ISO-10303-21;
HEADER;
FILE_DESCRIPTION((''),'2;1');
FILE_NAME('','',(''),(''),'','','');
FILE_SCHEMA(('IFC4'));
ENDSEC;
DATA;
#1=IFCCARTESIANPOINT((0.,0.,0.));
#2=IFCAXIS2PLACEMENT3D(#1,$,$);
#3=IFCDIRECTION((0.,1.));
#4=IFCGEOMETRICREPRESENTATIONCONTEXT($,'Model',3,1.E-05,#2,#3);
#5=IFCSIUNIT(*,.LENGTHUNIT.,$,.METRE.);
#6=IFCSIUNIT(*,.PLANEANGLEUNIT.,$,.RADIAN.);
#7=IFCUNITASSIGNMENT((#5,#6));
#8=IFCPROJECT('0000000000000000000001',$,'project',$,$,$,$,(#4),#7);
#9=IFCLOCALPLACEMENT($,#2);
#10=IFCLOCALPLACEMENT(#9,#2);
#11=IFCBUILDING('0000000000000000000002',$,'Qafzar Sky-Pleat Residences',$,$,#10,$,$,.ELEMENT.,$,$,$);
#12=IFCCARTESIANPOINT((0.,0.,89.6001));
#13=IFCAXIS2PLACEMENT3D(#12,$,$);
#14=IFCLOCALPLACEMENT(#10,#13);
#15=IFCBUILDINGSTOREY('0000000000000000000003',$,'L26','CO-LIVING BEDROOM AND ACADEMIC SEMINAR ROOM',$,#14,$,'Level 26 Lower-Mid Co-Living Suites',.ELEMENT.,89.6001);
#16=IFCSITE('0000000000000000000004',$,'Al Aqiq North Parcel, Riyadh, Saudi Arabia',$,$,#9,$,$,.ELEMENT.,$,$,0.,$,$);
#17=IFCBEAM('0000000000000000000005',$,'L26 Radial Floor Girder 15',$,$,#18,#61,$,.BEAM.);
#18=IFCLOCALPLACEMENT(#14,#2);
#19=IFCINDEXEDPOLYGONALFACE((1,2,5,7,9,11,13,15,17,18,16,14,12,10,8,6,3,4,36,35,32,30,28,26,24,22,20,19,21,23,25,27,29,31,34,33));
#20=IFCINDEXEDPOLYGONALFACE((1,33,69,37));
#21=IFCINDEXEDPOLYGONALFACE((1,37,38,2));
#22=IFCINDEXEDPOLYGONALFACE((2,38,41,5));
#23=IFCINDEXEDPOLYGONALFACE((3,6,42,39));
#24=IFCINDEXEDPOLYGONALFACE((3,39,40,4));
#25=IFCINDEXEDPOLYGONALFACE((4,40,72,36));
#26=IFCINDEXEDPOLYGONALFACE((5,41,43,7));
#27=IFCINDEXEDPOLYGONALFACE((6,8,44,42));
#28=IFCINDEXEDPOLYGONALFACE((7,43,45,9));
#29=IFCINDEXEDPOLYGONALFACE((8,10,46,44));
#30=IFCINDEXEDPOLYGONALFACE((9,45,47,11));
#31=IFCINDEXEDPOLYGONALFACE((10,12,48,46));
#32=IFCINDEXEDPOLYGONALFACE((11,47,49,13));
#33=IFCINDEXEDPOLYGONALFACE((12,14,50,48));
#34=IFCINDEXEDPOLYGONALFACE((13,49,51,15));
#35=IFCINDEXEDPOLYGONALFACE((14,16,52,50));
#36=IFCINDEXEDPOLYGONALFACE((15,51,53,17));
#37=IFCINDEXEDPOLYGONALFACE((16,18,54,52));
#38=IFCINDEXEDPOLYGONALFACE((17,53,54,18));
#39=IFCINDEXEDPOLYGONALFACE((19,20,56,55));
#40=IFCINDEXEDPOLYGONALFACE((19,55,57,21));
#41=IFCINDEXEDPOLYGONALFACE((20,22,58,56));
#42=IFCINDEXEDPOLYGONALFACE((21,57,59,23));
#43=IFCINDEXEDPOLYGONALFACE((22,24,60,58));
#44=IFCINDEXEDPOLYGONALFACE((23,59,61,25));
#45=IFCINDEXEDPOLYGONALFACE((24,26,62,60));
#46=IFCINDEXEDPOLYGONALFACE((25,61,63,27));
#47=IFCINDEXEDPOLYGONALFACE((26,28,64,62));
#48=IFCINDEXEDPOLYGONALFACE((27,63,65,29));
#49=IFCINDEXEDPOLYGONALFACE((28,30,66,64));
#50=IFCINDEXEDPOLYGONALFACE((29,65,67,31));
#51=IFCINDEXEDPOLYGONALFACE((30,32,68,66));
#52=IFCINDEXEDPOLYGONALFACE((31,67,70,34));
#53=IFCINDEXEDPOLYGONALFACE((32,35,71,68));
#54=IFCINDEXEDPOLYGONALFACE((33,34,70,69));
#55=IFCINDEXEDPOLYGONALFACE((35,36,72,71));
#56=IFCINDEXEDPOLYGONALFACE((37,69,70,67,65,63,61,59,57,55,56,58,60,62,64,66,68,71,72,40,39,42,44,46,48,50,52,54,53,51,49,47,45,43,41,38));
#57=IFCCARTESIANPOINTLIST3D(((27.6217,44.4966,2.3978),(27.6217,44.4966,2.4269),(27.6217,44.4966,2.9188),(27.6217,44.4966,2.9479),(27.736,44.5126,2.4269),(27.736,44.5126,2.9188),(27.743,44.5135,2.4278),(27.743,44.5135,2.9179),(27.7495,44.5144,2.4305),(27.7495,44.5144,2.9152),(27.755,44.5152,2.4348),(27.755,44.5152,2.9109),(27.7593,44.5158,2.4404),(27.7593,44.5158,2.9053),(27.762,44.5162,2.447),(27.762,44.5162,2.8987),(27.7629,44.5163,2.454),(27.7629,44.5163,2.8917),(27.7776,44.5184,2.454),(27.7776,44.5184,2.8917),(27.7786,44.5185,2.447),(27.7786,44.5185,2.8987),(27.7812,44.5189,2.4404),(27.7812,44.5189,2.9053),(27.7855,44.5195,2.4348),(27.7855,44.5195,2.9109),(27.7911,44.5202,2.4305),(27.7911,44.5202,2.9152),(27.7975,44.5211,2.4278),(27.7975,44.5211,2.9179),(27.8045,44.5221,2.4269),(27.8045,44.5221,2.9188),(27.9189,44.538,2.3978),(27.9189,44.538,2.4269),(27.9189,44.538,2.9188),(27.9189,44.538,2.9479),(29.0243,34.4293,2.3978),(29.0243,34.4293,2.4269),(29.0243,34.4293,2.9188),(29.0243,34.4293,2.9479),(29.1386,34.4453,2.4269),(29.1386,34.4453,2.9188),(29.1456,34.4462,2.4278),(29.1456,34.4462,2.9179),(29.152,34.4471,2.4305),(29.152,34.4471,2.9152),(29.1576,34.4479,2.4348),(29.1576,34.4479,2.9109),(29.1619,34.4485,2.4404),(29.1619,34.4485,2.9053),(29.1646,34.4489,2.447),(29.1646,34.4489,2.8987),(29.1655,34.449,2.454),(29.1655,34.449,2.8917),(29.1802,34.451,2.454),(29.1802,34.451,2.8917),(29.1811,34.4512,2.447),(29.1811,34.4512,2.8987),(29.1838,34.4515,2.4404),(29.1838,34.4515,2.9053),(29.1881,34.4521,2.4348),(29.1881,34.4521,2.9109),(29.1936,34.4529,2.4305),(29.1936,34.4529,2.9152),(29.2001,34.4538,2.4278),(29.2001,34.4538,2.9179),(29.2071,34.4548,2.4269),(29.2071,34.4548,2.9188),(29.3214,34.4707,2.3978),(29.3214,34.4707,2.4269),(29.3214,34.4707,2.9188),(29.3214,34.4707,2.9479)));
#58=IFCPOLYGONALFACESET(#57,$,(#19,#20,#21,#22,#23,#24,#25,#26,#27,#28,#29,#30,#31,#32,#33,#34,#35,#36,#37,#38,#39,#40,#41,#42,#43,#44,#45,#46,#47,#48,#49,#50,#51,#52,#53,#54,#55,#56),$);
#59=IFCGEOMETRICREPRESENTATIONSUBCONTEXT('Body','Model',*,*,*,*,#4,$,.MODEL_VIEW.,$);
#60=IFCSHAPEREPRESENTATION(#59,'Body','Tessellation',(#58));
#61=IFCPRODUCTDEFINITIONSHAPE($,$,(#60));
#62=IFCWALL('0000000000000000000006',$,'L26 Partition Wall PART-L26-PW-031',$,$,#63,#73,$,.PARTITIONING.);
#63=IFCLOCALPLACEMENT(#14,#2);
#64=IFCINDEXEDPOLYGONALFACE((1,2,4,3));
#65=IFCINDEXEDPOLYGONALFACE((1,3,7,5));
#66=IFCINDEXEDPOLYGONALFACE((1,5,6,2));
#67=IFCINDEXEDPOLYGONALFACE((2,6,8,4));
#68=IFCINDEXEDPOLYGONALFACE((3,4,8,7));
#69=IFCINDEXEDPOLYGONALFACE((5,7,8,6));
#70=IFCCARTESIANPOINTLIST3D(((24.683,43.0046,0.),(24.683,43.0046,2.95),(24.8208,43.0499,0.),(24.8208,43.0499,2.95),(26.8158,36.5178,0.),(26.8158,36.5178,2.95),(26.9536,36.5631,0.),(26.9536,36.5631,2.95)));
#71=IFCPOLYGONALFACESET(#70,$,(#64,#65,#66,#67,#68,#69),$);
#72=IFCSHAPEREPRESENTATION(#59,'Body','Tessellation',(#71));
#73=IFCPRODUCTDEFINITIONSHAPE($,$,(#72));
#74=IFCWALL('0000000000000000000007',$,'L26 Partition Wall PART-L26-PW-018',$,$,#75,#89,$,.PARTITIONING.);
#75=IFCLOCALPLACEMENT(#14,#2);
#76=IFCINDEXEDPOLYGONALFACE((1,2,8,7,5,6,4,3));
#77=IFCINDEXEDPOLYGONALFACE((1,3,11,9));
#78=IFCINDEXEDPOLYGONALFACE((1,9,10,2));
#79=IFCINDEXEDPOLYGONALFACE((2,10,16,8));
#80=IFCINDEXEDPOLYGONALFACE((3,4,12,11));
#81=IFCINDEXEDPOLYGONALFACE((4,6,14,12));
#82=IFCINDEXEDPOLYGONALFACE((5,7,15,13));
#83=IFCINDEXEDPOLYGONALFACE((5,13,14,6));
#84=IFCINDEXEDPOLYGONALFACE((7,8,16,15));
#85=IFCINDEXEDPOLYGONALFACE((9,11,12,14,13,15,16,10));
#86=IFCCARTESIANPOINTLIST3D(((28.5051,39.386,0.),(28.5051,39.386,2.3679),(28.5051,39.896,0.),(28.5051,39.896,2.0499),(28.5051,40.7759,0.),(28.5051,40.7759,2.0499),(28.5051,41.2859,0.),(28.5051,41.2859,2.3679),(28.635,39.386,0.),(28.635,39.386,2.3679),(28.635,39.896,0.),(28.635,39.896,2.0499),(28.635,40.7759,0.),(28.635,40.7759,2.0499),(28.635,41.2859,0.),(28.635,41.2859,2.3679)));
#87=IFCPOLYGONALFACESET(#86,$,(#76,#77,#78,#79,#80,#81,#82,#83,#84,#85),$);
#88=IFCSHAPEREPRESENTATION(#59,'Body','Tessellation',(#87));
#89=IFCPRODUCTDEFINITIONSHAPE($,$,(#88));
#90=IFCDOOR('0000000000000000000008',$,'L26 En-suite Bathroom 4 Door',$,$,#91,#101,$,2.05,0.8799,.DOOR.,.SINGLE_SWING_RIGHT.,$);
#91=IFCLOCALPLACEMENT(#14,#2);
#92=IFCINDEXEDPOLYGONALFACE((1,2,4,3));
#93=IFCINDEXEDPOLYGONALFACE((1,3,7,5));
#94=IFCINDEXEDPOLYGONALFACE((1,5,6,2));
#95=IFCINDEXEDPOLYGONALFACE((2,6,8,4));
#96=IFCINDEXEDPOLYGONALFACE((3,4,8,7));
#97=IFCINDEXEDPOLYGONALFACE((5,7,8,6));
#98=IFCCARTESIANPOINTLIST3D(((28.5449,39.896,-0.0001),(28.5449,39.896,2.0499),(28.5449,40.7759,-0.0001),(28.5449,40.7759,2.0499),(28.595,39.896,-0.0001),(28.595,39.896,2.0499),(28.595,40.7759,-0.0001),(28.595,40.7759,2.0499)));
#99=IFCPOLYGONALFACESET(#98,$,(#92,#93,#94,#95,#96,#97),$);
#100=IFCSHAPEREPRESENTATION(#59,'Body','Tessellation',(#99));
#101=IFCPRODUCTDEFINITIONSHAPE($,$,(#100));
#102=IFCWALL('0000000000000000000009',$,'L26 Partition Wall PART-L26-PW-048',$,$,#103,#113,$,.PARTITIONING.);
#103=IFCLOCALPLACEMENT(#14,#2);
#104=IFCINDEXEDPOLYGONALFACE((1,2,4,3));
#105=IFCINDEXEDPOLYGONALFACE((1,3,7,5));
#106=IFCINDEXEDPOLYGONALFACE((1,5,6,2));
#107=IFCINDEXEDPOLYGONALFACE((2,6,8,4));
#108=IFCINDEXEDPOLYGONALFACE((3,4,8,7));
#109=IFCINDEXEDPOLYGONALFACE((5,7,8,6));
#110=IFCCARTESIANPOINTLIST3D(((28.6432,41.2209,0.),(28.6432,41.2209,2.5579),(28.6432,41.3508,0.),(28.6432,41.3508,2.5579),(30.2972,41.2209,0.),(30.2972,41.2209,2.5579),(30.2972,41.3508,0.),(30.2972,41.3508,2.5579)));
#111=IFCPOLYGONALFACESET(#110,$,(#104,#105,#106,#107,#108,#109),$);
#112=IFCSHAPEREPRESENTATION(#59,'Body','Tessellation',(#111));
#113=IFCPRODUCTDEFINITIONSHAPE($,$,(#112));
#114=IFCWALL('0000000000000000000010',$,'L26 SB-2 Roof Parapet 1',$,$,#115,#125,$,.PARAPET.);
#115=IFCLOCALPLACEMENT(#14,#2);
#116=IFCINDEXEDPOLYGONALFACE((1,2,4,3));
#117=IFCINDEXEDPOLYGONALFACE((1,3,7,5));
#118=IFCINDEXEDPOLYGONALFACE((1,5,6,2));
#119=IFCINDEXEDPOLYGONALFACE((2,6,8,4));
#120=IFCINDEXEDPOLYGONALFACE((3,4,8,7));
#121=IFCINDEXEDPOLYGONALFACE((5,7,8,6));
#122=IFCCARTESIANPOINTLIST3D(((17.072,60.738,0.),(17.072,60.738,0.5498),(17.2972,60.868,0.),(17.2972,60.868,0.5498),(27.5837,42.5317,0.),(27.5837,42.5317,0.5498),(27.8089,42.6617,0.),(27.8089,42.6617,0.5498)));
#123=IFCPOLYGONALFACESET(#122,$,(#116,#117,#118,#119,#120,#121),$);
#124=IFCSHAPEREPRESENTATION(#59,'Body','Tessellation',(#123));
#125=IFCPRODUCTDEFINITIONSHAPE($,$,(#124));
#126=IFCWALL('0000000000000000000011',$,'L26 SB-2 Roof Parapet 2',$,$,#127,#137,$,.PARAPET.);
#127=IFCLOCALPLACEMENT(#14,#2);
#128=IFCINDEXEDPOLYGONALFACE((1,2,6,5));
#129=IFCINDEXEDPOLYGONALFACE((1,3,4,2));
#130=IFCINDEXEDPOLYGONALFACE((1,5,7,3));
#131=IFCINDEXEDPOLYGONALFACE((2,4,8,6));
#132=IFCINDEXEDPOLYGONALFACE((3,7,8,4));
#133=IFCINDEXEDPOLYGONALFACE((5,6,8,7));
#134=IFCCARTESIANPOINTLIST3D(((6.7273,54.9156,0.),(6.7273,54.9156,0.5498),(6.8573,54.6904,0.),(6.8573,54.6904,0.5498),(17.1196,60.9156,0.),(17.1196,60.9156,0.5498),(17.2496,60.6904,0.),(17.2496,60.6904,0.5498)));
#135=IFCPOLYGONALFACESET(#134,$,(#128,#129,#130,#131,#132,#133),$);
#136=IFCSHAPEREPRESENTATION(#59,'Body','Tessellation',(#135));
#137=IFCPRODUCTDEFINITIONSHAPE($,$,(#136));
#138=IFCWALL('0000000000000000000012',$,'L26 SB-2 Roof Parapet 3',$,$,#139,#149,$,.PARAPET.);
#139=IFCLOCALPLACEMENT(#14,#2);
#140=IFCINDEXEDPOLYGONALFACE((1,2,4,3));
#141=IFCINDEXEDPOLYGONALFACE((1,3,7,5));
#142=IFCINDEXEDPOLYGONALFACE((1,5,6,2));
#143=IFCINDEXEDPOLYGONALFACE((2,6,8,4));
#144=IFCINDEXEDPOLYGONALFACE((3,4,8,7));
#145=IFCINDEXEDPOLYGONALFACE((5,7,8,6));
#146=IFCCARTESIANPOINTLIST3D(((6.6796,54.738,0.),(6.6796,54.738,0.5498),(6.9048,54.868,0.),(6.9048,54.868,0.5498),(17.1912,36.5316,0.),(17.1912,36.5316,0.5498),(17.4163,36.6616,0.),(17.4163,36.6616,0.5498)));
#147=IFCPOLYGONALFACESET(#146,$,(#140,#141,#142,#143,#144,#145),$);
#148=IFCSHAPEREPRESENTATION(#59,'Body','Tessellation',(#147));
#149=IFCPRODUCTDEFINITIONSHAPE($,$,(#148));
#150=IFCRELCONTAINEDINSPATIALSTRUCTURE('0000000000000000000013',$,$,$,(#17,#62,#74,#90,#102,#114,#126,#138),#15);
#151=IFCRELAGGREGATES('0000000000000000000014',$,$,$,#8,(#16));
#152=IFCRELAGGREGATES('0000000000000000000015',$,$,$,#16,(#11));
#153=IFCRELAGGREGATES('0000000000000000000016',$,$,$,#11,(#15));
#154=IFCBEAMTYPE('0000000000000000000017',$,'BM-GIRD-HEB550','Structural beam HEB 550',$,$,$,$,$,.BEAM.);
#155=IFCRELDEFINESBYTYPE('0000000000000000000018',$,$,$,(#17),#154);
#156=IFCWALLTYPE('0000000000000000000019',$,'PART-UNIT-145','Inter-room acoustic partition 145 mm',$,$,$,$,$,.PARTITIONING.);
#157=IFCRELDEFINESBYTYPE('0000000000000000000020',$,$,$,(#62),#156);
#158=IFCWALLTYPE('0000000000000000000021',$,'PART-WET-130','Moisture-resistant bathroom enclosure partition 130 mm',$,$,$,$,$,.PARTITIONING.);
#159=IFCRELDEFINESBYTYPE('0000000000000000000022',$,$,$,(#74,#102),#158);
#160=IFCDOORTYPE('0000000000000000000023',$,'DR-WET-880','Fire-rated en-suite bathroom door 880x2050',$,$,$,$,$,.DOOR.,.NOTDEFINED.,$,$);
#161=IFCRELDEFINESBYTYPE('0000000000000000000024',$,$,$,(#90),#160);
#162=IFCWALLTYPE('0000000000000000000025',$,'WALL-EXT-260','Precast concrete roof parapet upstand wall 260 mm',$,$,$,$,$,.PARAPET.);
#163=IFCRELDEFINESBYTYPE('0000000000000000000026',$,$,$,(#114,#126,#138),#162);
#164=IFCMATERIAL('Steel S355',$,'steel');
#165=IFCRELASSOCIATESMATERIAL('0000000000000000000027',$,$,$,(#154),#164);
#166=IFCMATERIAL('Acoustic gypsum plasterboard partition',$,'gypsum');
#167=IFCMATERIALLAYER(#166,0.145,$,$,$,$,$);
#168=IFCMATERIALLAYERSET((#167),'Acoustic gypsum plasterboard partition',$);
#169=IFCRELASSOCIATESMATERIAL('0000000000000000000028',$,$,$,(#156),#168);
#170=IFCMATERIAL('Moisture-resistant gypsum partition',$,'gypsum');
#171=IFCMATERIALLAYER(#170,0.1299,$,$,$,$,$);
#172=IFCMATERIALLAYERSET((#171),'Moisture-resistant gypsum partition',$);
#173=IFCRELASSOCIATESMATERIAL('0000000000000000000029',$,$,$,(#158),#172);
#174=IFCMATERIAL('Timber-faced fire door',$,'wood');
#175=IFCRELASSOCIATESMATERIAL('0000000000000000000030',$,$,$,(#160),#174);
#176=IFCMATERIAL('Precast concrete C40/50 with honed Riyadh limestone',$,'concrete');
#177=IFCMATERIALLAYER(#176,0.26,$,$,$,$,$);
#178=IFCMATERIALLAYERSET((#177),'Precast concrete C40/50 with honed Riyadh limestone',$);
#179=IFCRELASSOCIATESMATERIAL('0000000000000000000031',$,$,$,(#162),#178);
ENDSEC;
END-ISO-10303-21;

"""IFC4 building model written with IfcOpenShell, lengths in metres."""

from ifc_helpers import new_model, si_unit, direction, frame, frame_2d, origin, origin_2d, place, context, subcontext, project, spatial, rectangle, i_section, extrude, source, transform, mapped, material, layer, layer_set, material_profile, profile_set, type_object, element, fill, save


model = new_model("IFC4")

# Units and contexts
model_context = context("Model", 3, precision=1e-05, world=origin(), true_north=direction((0.0, 1.0)))
body_context = subcontext(model_context, "Body", "Model", "MODEL_VIEW")
ifc_project = project(units=[si_unit("LENGTHUNIT", "METRE"), si_unit("PLANEANGLEUNIT", "RADIAN")], contexts=[model_context])

# Site, building, storey
site_placement = place(None, origin())
site = spatial("IfcSite", under=ifc_project, at=site_placement, Name="Al Aqiq North Parcel, Riyadh, Saudi Arabia", CompositionType="ELEMENT", RefElevation=0.0)
building_placement = place(site_placement, origin())
building = spatial("IfcBuilding", under=site, at=building_placement, Name="Qafzar Sky-Pleat Residences", CompositionType="ELEMENT")
storey_placement = place(building_placement, frame((0.0, 0.0, 89.6001)))
storey = spatial("IfcBuildingStorey", under=building, at=storey_placement, Name="L26", Description="CO-LIVING BEDROOM AND ACADEMIC SEMINAR ROOM", LongName="Level 26 Lower-Mid Co-Living Suites", CompositionType="ELEMENT", Elevation=89.6001)

# Beam
ifc_material_1 = material(Name="Steel S355", Category="steel")
ifc_material_profile_1 = material_profile(ifc_material_1, i_section(OverallWidth=0.3, OverallDepth=0.55, WebThickness=0.0149, FlangeThickness=0.0291, FilletRadius=0.0271, at=origin_2d()), Name="HEB 550")
ifc_profile_set_1 = profile_set([ifc_material_profile_1], Name="Steel S355")
beam_type_1 = type_object("IfcBeamType", Name="BM-GIRD-HEB550", Description="Structural beam HEB 550", PredefinedType="BEAM", material=ifc_profile_set_1)
shared_shape_1 = source(origin(), body_context, "Body", "SweptSolid", [
    extrude(i_section(OverallWidth=0.3, OverallDepth=0.55, WebThickness=0.0149, FlangeThickness=0.0291, FilletRadius=0.0271, at=origin_2d()), origin(), (0.0, 0.0, 1.0), 10.1646),
])
beam_1_placement = place(storey_placement, frame((27.7703, 44.5173, 2.6729), z_axis=(0.137987, -0.990434, 0.0), x_axis=(0.990434, 0.137987, 0.0)))
element("IfcBeam", 1, at=beam_1_placement, inside=storey, type_object=beam_type_1, Name="L26 Radial Floor Girder 15", PredefinedType="BEAM", context=body_context, shape_type="MappedRepresentation", body=[
    mapped(shared_shape_1, transform((0.0, 0.0, 0.0), x_axis=(1.0, 0.0, 0.0), y_axis=(0.0, 1.0, 0.0), z_axis=(0.0, 0.0, 1.0), scale=1.0)),
])

# Wall
ifc_material_2 = material(Name="Acoustic gypsum plasterboard partition", Category="gypsum")
ifc_layer_1 = layer(ifc_material_2, 0.145)
ifc_layer_set_1 = layer_set([ifc_layer_1], Name="Acoustic gypsum plasterboard partition")
wall_type_1 = type_object("IfcWallType", Name="PART-UNIT-145", Description="Inter-room acoustic partition 145 mm", PredefinedType="PARTITIONING", material=ifc_layer_set_1)
wall_1_placement = place(storey_placement, frame((24.752, 43.0271, 0.0), z_axis=(0.0, 0.0, 1.0), x_axis=(0.312342, -0.94997, 0.0)))
element("IfcWall", 2, at=wall_1_placement, inside=storey, type_object=wall_type_1, Name="L26 Partition Wall PART-L26-PW-031", PredefinedType="PARTITIONING", context=body_context, shape_type="SweptSolid", body=[
    extrude(rectangle(XDim=6.8284, YDim=0.145, at=frame_2d((3.4141, 0.0))), origin(), (0.0, 0.0, 1.0), 2.95),
])

# Wall, opening, door
ifc_material_3 = material(Name="Moisture-resistant gypsum partition", Category="gypsum")
ifc_layer_2 = layer(ifc_material_3, 0.1299)
ifc_layer_set_2 = layer_set([ifc_layer_2], Name="Moisture-resistant gypsum partition")
wall_type_2 = type_object("IfcWallType", Name="PART-WET-130", Description="Moisture-resistant bathroom enclosure partition 130 mm", PredefinedType="PARTITIONING", material=ifc_layer_set_2)
wall_2_placement = place(storey_placement, frame((28.5701, 41.2859, 0.0), z_axis=(0.0, 0.0, 1.0), x_axis=(0.0, -1.0, 0.0)))
wall_2 = element("IfcWall", 3, at=wall_2_placement, inside=storey, type_object=wall_type_2, Name="L26 Partition Wall PART-L26-PW-018", PredefinedType="PARTITIONING", context=body_context, shape_type="SweptSolid", body=[
    extrude(rectangle(XDim=1.8999, YDim=0.1299, at=frame_2d((0.95, 0.0))), origin(), (0.0, 0.0, 1.0), 2.3679),
])
opening_1_placement = place(wall_2_placement, frame((0.51, 0.0, 0.0)))
opening_1 = element("IfcOpeningElement", 4, at=opening_1_placement, cuts=wall_2, PredefinedType="OPENING", context=body_context, shape_type="SweptSolid", body=[
    extrude(rectangle(XDim=0.8799, YDim=2.05, at=frame_2d((0.4399, 1.0249))), frame((0.0, 0.075, 0.0), z_axis=(0.0, -1.0, 0.0), x_axis=(1.0, 0.0, 0.0)), (0.0, 0.0, 1.0), 0.1499),
])
ifc_material_4 = material(Name="Timber-faced fire door", Category="wood")
door_type = type_object("IfcDoorType", Name="DR-WET-880", Description="Fire-rated en-suite bathroom door 880x2050", OperationType="NOTDEFINED", PredefinedType="DOOR", material=ifc_material_4)
shared_shape_2 = source(origin(), body_context, "Body", "SweptSolid", [
    extrude(rectangle(XDim=0.8799, YDim=2.05, at=frame_2d((0.4399, 1.0249))), frame((0.0, 0.0249, 0.0), z_axis=(0.0, -1.0, 0.0), x_axis=(1.0, 0.0, 0.0)), (0.0, 0.0, 1.0), 0.05),
])
door_placement = place(opening_1_placement, origin())
door = element("IfcDoor", 5, at=door_placement, inside=storey, type_object=door_type, Name="L26 En-suite Bathroom 4 Door", OperationType="SINGLE_SWING_RIGHT", OverallHeight=2.05, OverallWidth=0.8799, PredefinedType="DOOR", context=body_context, shape_type="MappedRepresentation", body=[
    mapped(shared_shape_2, transform((0.0, 0.0, 0.0), x_axis=(1.0, 0.0, 0.0), y_axis=(0.0, 1.0, 0.0), z_axis=(0.0, 0.0, 1.0), scale=1.0)),
])
fill(opening_1, door)

# Walls
wall_3_placement = place(storey_placement, frame((28.6431, 41.2859, 0.0), z_axis=(0.0, 0.0, 1.0), x_axis=(1.0, 0.0, 0.0)))
element("IfcWall", 6, at=wall_3_placement, inside=storey, type_object=wall_type_2, Name="L26 Partition Wall PART-L26-PW-048", PredefinedType="PARTITIONING", context=body_context, shape_type="SweptSolid", body=[
    extrude(rectangle(XDim=1.6541, YDim=0.1299, at=frame_2d((0.8271, 0.0))), origin(), (0.0, 0.0, 1.0), 2.5579),
])
ifc_material_5 = material(Name="Precast concrete C40/50 with honed Riyadh limestone", Category="concrete")
ifc_layer_3 = layer(ifc_material_5, 0.26)
ifc_layer_set_3 = layer_set([ifc_layer_3], Name="Precast concrete C40/50 with honed Riyadh limestone")
wall_type_3 = type_object("IfcWallType", Name="WALL-EXT-260", Description="Precast concrete roof parapet upstand wall 260 mm", PredefinedType="PARAPET", material=ifc_layer_set_3)
wall_4_placement = place(storey_placement, frame((27.6963, 42.5967, 0.0), z_axis=(0.0, 0.0, 1.0), x_axis=(-0.500011, 0.866019, 0.0)))
element("IfcWall", 7, at=wall_4_placement, inside=storey, type_object=wall_type_3, Name="L26 SB-2 Roof Parapet 1", PredefinedType="PARAPET", context=body_context, shape_type="SweptSolid", body=[
    extrude(rectangle(XDim=21.0229, YDim=0.26, at=frame_2d((10.5115, 0.0))), origin(), (0.0, 0.0, 1.0), 0.5498),
])
wall_5_placement = place(storey_placement, frame((17.1846, 60.803, 0.0), z_axis=(0.0, 0.0, 1.0), x_axis=(-0.866026, -0.499999, 0.0)))
element("IfcWall", 8, at=wall_5_placement, inside=storey, type_object=wall_type_3, Name="L26 SB-2 Roof Parapet 2", PredefinedType="PARAPET", context=body_context, shape_type="SweptSolid", body=[
    extrude(rectangle(XDim=12.0, YDim=0.26, at=frame_2d((6.0, 0.0))), origin(), (0.0, 0.0, 1.0), 0.5498),
])
wall_6_placement = place(storey_placement, frame((6.7922, 54.803, 0.0), z_axis=(0.0, 0.0, 1.0), x_axis=(0.500002, -0.866024, 0.0)))
element("IfcWall", 9, at=wall_6_placement, inside=storey, type_object=wall_type_3, Name="L26 SB-2 Roof Parapet 3", PredefinedType="PARAPET", context=body_context, shape_type="SweptSolid", body=[
    extrude(rectangle(XDim=21.0229, YDim=0.26, at=frame_2d((10.5115, 0.0))), origin(), (0.0, 0.0, 1.0), 0.5498),
])

save(model, "model.ifc")
